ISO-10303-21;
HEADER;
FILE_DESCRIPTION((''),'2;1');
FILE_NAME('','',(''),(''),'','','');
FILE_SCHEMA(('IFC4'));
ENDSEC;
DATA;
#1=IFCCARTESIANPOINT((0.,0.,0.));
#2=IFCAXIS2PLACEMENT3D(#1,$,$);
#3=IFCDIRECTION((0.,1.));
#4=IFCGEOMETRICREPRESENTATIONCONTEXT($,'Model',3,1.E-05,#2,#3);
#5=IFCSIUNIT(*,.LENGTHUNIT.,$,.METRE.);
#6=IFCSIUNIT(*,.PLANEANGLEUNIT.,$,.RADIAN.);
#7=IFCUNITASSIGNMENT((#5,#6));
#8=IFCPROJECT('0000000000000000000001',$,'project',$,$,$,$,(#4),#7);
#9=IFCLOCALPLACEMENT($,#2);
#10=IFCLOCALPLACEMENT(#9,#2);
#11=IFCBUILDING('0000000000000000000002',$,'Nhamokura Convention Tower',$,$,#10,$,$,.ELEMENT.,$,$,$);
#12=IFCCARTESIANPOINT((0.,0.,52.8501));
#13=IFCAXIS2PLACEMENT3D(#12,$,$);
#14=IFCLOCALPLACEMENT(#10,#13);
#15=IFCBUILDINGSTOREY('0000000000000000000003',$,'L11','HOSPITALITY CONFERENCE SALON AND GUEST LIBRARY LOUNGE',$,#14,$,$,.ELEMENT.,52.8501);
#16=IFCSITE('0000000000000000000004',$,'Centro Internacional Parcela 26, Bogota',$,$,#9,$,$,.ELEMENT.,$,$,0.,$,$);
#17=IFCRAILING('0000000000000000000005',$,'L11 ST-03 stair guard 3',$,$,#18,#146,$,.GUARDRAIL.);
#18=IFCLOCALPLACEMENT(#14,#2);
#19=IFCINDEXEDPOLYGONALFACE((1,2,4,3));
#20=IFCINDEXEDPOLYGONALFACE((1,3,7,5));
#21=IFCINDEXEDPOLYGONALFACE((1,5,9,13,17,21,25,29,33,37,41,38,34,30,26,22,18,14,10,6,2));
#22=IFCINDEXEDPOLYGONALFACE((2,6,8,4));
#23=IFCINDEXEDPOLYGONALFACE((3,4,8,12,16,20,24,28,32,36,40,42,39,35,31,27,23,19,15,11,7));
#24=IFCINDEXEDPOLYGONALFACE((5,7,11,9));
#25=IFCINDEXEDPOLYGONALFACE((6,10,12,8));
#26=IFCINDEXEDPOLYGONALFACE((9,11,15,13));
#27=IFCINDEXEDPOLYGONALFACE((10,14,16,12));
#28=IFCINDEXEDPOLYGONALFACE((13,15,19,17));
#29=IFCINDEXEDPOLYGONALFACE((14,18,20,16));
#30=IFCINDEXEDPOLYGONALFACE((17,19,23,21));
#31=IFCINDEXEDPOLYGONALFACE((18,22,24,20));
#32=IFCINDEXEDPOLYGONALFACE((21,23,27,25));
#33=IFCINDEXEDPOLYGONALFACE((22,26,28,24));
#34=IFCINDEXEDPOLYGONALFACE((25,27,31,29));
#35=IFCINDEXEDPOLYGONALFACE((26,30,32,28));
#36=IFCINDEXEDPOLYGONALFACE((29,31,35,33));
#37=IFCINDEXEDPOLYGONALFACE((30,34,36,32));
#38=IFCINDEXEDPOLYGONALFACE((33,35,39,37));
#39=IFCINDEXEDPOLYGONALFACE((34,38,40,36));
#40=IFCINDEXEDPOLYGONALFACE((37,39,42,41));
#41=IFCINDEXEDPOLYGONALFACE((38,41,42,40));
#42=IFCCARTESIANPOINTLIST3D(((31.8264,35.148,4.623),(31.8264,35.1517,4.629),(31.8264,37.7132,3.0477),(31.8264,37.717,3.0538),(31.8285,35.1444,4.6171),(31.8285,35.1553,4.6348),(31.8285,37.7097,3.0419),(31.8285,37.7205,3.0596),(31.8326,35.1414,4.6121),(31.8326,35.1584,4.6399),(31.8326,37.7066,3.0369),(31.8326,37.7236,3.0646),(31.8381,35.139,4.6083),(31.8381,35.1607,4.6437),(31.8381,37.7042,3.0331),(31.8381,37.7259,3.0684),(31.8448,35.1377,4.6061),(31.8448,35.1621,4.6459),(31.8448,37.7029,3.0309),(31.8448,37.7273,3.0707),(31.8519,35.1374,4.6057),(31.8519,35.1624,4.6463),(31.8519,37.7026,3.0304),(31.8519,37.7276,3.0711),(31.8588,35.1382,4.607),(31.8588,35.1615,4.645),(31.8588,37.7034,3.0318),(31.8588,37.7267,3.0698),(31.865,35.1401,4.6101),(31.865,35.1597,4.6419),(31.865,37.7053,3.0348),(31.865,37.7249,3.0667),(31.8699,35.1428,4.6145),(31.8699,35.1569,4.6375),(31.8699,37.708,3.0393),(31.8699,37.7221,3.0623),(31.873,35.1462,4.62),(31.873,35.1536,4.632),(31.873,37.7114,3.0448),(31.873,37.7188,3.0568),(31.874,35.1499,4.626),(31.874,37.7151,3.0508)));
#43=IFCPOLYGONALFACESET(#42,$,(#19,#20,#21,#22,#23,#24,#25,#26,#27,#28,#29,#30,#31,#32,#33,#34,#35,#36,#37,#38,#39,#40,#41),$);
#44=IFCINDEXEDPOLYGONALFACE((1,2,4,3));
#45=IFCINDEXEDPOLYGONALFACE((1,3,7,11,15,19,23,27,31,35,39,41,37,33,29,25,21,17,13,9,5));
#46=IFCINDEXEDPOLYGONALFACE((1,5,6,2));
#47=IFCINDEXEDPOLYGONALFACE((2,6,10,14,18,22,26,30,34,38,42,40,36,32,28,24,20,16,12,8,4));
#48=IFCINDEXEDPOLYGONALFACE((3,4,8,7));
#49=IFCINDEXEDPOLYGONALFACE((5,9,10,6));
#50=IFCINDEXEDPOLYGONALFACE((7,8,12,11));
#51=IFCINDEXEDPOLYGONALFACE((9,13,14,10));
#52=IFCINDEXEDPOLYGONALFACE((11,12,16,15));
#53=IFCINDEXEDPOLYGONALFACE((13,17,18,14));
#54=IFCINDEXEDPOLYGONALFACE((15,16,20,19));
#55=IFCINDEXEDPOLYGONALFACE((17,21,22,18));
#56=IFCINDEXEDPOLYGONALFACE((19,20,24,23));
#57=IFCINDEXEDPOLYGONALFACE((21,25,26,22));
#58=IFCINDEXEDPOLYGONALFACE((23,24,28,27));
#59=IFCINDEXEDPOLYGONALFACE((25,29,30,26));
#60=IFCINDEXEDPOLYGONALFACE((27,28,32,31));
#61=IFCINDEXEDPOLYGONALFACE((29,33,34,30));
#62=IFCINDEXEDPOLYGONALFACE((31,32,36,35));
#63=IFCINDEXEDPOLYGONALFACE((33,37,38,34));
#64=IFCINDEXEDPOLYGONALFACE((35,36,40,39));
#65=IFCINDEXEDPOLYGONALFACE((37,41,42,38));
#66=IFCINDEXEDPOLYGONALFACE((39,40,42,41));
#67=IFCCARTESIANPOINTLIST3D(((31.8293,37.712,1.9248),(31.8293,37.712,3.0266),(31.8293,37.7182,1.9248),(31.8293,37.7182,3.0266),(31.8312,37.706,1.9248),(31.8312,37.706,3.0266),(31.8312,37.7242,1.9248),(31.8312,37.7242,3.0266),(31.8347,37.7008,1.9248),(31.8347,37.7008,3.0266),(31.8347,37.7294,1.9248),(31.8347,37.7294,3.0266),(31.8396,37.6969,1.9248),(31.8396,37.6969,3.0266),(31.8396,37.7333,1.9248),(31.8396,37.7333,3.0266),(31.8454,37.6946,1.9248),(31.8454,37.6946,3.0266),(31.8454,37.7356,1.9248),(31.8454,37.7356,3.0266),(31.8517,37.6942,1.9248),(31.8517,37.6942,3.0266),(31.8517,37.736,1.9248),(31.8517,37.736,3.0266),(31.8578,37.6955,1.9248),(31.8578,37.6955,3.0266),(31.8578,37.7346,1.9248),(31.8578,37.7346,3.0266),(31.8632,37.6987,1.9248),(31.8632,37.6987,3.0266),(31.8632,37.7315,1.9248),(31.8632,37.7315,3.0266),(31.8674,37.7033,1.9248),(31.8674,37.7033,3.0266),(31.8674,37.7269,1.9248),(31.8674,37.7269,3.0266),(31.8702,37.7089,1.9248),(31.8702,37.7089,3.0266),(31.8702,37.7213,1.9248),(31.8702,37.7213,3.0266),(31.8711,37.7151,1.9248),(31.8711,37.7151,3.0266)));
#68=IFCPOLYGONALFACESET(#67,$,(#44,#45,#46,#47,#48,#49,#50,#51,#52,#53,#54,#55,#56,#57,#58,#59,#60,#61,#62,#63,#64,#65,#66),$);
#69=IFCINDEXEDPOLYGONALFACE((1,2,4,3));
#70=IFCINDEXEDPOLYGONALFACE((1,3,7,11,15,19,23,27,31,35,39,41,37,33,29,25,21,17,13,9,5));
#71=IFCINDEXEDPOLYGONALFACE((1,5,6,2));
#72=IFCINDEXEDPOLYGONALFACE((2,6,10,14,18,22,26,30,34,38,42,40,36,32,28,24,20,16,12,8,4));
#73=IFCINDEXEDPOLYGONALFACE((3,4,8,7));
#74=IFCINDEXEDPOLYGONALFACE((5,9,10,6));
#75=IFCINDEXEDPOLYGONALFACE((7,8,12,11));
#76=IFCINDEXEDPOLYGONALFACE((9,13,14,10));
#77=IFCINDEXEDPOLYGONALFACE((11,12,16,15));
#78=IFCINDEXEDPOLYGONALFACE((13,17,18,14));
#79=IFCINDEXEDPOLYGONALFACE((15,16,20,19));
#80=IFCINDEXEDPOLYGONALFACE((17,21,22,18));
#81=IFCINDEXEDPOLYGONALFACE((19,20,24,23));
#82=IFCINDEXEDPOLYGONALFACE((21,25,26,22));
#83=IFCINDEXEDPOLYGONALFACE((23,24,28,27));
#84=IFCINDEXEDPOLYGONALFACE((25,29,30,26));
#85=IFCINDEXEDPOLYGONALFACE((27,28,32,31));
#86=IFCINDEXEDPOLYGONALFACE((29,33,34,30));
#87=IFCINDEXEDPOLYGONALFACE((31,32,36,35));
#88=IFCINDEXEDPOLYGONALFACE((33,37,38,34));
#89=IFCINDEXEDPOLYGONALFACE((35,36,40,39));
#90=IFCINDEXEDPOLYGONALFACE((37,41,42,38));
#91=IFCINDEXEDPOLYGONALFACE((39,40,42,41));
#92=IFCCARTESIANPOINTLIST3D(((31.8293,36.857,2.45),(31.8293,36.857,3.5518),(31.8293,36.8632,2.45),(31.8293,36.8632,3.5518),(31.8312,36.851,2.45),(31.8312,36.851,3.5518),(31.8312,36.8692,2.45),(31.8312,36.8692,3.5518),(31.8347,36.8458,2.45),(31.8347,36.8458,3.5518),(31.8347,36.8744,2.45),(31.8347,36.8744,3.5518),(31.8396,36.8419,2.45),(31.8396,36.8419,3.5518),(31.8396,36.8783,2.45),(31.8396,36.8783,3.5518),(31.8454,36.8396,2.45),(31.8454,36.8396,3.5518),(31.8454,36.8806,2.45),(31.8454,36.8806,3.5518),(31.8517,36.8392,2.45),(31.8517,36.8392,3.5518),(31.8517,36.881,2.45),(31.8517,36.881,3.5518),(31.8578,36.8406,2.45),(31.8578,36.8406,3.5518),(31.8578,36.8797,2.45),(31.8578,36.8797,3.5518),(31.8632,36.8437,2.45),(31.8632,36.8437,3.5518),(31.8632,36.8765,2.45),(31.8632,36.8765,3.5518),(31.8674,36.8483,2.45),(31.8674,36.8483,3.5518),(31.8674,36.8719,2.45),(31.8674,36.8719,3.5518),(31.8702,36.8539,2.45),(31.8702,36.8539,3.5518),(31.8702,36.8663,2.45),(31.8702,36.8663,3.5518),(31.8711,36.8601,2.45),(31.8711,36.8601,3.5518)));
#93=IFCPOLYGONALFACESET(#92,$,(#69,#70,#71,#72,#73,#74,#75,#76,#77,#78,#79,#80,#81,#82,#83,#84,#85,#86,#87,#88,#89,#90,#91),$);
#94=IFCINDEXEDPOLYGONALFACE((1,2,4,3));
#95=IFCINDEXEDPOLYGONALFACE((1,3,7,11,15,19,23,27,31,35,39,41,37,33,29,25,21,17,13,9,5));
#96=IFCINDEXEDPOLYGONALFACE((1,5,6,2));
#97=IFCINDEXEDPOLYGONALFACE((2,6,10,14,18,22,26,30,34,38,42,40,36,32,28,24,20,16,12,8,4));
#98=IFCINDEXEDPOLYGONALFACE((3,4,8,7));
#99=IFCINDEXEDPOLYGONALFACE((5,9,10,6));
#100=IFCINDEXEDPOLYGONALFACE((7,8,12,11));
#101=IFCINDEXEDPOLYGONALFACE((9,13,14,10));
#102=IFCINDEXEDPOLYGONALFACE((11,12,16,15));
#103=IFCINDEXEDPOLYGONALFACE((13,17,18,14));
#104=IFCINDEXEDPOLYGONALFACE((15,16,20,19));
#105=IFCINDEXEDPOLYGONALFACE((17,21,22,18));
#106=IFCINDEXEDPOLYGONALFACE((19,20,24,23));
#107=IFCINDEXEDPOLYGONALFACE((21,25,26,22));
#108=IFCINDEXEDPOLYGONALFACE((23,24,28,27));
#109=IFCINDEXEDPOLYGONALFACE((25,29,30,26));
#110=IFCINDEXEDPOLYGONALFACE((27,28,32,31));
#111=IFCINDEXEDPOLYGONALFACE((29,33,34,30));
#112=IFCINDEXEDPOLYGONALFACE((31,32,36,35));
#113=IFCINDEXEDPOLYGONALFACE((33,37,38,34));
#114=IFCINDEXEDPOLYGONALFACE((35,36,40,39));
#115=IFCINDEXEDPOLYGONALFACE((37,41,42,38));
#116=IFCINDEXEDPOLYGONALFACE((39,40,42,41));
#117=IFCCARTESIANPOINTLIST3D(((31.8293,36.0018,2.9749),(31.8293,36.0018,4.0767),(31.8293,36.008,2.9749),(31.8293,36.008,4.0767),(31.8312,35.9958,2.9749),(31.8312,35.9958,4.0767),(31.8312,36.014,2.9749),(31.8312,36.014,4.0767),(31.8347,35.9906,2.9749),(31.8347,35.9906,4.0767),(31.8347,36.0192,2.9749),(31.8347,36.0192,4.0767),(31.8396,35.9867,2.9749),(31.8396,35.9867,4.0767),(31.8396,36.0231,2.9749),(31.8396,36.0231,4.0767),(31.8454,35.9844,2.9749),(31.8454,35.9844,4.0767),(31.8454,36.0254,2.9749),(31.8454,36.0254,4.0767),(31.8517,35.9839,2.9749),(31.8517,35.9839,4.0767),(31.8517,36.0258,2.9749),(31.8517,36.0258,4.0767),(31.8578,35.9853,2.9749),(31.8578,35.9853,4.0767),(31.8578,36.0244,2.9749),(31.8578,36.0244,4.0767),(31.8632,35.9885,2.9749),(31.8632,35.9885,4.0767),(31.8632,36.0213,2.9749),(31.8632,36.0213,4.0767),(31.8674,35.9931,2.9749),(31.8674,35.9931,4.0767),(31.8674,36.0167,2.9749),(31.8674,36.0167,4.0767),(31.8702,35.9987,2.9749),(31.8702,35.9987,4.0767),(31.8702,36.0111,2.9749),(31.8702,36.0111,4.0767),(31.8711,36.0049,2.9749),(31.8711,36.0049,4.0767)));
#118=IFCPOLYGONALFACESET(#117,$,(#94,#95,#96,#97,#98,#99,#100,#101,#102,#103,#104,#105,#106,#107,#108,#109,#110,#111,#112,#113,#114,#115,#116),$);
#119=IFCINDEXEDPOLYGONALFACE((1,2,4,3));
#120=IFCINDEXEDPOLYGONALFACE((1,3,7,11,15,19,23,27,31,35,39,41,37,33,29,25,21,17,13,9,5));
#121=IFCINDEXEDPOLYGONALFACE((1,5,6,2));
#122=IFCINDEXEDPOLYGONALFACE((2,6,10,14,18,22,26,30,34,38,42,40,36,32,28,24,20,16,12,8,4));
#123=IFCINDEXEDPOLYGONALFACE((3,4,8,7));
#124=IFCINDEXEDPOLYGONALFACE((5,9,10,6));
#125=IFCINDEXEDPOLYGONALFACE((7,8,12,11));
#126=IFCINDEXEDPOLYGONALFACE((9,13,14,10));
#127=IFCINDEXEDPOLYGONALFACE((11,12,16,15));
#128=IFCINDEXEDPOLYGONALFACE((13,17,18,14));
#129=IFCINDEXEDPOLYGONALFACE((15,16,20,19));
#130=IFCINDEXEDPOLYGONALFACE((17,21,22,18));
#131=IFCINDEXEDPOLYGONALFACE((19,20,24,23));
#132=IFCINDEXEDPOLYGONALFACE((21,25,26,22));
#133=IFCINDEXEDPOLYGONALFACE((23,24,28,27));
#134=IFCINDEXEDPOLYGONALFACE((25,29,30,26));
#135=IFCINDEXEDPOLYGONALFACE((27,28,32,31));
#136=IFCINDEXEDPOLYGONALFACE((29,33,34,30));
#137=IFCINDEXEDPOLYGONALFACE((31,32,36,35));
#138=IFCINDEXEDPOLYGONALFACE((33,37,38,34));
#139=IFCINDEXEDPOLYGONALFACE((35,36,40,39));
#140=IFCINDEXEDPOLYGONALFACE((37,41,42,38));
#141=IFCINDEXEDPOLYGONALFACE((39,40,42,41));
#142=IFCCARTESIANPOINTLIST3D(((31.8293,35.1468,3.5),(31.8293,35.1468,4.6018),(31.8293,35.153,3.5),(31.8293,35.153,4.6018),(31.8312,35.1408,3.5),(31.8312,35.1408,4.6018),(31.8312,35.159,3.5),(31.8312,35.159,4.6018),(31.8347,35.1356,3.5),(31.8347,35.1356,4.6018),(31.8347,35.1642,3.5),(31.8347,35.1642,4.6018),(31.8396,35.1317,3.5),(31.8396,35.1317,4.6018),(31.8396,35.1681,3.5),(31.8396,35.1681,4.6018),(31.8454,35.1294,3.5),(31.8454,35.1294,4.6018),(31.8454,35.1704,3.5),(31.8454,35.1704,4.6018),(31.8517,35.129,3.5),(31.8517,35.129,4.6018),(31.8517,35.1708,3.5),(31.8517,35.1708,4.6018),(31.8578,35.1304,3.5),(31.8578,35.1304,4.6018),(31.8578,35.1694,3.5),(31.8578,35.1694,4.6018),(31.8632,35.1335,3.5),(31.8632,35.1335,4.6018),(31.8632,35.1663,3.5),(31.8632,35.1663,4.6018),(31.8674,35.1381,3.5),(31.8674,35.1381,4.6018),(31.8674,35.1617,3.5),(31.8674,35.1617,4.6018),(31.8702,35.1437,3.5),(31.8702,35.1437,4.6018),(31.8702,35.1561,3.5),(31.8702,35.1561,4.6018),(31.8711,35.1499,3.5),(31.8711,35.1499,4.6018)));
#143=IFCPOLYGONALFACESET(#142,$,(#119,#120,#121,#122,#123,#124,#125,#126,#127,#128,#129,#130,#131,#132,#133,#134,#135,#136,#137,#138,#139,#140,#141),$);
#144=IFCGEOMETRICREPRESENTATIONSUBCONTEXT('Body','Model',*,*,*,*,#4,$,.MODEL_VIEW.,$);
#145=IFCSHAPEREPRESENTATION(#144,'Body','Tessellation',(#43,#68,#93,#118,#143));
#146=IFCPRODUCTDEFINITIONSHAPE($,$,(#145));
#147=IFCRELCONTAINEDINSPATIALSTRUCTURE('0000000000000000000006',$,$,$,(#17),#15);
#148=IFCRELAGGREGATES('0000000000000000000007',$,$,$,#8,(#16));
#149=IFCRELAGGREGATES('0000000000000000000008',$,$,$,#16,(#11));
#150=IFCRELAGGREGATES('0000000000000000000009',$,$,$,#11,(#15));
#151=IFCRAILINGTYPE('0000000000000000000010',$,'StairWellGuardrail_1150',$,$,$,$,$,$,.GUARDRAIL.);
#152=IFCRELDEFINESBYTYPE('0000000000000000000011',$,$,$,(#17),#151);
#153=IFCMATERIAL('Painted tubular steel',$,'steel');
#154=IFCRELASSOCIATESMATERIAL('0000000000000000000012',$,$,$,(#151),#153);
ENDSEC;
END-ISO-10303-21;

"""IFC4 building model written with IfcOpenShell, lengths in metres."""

from ifc_helpers import new_model, si_unit, direction, frame, origin, origin_2d, place, context, subcontext, project, spatial, circle, extrude, material, type_object, element, save


model = new_model("IFC4")

# Units and contexts
model_context = context("Model", 3, precision=1e-05, world=origin(), true_north=direction((0.0, 1.0)))
body_context = subcontext(model_context, "Body", "Model", "MODEL_VIEW")
ifc_project = project(units=[si_unit("LENGTHUNIT", "METRE"), si_unit("PLANEANGLEUNIT", "RADIAN")], contexts=[model_context])

# Site, building, storey
site_placement = place(None, origin())
site = spatial("IfcSite", under=ifc_project, at=site_placement, Name="Centro Internacional Parcela 26, Bogota", CompositionType="ELEMENT", RefElevation=0.0)
building_placement = place(site_placement, origin())
building = spatial("IfcBuilding", under=site, at=building_placement, Name="Nhamokura Convention Tower", CompositionType="ELEMENT")
storey_placement = place(building_placement, frame((0.0, 0.0, 52.8501)))
storey = spatial("IfcBuildingStorey", under=building, at=storey_placement, Name="L11", Description="HOSPITALITY CONFERENCE SALON AND GUEST LIBRARY LOUNGE", CompositionType="ELEMENT", Elevation=52.8501)

# Railing
ifc_material_1 = material(Name="Painted tubular steel", Category="steel")
railing_type_1 = type_object("IfcRailingType", Name="StairWellGuardrail_1150", PredefinedType="GUARDRAIL", material=ifc_material_1)
railing_1_placement = place(storey_placement, frame((31.8501, 37.7151, 1.9248)))
element("IfcRailing", 1, at=railing_1_placement, inside=storey, type_object=railing_type_1, Name="L11 ST-03 stair guard 3", PredefinedType="GUARDRAIL", context=body_context, shape_type="SweptSolid", body=[
    extrude(circle(Radius=0.0239, at=origin_2d()), frame((0.0, 0.0, 1.126), z_axis=(0.0, -0.852159, 0.523283), x_axis=(1.0, 0.0, 0.0)), (0.0, 0.0, 1.0), 3.0103),
    extrude(circle(Radius=0.021, at=origin_2d()), origin(), (0.0, 0.0, 1.0), 1.1018),
    extrude(circle(Radius=0.021, at=origin_2d()), frame((0.0, -0.855, 0.5251)), (0.0, 0.0, 1.0), 1.1018),
    extrude(circle(Radius=0.021, at=origin_2d()), frame((0.0, -1.7102, 1.05)), (0.0, 0.0, 1.0), 1.1018),
    extrude(circle(Radius=0.021, at=origin_2d()), frame((0.0, -2.5652, 1.5752)), (0.0, 0.0, 1.0), 1.1018),
])

save(model, "model.ifc")
